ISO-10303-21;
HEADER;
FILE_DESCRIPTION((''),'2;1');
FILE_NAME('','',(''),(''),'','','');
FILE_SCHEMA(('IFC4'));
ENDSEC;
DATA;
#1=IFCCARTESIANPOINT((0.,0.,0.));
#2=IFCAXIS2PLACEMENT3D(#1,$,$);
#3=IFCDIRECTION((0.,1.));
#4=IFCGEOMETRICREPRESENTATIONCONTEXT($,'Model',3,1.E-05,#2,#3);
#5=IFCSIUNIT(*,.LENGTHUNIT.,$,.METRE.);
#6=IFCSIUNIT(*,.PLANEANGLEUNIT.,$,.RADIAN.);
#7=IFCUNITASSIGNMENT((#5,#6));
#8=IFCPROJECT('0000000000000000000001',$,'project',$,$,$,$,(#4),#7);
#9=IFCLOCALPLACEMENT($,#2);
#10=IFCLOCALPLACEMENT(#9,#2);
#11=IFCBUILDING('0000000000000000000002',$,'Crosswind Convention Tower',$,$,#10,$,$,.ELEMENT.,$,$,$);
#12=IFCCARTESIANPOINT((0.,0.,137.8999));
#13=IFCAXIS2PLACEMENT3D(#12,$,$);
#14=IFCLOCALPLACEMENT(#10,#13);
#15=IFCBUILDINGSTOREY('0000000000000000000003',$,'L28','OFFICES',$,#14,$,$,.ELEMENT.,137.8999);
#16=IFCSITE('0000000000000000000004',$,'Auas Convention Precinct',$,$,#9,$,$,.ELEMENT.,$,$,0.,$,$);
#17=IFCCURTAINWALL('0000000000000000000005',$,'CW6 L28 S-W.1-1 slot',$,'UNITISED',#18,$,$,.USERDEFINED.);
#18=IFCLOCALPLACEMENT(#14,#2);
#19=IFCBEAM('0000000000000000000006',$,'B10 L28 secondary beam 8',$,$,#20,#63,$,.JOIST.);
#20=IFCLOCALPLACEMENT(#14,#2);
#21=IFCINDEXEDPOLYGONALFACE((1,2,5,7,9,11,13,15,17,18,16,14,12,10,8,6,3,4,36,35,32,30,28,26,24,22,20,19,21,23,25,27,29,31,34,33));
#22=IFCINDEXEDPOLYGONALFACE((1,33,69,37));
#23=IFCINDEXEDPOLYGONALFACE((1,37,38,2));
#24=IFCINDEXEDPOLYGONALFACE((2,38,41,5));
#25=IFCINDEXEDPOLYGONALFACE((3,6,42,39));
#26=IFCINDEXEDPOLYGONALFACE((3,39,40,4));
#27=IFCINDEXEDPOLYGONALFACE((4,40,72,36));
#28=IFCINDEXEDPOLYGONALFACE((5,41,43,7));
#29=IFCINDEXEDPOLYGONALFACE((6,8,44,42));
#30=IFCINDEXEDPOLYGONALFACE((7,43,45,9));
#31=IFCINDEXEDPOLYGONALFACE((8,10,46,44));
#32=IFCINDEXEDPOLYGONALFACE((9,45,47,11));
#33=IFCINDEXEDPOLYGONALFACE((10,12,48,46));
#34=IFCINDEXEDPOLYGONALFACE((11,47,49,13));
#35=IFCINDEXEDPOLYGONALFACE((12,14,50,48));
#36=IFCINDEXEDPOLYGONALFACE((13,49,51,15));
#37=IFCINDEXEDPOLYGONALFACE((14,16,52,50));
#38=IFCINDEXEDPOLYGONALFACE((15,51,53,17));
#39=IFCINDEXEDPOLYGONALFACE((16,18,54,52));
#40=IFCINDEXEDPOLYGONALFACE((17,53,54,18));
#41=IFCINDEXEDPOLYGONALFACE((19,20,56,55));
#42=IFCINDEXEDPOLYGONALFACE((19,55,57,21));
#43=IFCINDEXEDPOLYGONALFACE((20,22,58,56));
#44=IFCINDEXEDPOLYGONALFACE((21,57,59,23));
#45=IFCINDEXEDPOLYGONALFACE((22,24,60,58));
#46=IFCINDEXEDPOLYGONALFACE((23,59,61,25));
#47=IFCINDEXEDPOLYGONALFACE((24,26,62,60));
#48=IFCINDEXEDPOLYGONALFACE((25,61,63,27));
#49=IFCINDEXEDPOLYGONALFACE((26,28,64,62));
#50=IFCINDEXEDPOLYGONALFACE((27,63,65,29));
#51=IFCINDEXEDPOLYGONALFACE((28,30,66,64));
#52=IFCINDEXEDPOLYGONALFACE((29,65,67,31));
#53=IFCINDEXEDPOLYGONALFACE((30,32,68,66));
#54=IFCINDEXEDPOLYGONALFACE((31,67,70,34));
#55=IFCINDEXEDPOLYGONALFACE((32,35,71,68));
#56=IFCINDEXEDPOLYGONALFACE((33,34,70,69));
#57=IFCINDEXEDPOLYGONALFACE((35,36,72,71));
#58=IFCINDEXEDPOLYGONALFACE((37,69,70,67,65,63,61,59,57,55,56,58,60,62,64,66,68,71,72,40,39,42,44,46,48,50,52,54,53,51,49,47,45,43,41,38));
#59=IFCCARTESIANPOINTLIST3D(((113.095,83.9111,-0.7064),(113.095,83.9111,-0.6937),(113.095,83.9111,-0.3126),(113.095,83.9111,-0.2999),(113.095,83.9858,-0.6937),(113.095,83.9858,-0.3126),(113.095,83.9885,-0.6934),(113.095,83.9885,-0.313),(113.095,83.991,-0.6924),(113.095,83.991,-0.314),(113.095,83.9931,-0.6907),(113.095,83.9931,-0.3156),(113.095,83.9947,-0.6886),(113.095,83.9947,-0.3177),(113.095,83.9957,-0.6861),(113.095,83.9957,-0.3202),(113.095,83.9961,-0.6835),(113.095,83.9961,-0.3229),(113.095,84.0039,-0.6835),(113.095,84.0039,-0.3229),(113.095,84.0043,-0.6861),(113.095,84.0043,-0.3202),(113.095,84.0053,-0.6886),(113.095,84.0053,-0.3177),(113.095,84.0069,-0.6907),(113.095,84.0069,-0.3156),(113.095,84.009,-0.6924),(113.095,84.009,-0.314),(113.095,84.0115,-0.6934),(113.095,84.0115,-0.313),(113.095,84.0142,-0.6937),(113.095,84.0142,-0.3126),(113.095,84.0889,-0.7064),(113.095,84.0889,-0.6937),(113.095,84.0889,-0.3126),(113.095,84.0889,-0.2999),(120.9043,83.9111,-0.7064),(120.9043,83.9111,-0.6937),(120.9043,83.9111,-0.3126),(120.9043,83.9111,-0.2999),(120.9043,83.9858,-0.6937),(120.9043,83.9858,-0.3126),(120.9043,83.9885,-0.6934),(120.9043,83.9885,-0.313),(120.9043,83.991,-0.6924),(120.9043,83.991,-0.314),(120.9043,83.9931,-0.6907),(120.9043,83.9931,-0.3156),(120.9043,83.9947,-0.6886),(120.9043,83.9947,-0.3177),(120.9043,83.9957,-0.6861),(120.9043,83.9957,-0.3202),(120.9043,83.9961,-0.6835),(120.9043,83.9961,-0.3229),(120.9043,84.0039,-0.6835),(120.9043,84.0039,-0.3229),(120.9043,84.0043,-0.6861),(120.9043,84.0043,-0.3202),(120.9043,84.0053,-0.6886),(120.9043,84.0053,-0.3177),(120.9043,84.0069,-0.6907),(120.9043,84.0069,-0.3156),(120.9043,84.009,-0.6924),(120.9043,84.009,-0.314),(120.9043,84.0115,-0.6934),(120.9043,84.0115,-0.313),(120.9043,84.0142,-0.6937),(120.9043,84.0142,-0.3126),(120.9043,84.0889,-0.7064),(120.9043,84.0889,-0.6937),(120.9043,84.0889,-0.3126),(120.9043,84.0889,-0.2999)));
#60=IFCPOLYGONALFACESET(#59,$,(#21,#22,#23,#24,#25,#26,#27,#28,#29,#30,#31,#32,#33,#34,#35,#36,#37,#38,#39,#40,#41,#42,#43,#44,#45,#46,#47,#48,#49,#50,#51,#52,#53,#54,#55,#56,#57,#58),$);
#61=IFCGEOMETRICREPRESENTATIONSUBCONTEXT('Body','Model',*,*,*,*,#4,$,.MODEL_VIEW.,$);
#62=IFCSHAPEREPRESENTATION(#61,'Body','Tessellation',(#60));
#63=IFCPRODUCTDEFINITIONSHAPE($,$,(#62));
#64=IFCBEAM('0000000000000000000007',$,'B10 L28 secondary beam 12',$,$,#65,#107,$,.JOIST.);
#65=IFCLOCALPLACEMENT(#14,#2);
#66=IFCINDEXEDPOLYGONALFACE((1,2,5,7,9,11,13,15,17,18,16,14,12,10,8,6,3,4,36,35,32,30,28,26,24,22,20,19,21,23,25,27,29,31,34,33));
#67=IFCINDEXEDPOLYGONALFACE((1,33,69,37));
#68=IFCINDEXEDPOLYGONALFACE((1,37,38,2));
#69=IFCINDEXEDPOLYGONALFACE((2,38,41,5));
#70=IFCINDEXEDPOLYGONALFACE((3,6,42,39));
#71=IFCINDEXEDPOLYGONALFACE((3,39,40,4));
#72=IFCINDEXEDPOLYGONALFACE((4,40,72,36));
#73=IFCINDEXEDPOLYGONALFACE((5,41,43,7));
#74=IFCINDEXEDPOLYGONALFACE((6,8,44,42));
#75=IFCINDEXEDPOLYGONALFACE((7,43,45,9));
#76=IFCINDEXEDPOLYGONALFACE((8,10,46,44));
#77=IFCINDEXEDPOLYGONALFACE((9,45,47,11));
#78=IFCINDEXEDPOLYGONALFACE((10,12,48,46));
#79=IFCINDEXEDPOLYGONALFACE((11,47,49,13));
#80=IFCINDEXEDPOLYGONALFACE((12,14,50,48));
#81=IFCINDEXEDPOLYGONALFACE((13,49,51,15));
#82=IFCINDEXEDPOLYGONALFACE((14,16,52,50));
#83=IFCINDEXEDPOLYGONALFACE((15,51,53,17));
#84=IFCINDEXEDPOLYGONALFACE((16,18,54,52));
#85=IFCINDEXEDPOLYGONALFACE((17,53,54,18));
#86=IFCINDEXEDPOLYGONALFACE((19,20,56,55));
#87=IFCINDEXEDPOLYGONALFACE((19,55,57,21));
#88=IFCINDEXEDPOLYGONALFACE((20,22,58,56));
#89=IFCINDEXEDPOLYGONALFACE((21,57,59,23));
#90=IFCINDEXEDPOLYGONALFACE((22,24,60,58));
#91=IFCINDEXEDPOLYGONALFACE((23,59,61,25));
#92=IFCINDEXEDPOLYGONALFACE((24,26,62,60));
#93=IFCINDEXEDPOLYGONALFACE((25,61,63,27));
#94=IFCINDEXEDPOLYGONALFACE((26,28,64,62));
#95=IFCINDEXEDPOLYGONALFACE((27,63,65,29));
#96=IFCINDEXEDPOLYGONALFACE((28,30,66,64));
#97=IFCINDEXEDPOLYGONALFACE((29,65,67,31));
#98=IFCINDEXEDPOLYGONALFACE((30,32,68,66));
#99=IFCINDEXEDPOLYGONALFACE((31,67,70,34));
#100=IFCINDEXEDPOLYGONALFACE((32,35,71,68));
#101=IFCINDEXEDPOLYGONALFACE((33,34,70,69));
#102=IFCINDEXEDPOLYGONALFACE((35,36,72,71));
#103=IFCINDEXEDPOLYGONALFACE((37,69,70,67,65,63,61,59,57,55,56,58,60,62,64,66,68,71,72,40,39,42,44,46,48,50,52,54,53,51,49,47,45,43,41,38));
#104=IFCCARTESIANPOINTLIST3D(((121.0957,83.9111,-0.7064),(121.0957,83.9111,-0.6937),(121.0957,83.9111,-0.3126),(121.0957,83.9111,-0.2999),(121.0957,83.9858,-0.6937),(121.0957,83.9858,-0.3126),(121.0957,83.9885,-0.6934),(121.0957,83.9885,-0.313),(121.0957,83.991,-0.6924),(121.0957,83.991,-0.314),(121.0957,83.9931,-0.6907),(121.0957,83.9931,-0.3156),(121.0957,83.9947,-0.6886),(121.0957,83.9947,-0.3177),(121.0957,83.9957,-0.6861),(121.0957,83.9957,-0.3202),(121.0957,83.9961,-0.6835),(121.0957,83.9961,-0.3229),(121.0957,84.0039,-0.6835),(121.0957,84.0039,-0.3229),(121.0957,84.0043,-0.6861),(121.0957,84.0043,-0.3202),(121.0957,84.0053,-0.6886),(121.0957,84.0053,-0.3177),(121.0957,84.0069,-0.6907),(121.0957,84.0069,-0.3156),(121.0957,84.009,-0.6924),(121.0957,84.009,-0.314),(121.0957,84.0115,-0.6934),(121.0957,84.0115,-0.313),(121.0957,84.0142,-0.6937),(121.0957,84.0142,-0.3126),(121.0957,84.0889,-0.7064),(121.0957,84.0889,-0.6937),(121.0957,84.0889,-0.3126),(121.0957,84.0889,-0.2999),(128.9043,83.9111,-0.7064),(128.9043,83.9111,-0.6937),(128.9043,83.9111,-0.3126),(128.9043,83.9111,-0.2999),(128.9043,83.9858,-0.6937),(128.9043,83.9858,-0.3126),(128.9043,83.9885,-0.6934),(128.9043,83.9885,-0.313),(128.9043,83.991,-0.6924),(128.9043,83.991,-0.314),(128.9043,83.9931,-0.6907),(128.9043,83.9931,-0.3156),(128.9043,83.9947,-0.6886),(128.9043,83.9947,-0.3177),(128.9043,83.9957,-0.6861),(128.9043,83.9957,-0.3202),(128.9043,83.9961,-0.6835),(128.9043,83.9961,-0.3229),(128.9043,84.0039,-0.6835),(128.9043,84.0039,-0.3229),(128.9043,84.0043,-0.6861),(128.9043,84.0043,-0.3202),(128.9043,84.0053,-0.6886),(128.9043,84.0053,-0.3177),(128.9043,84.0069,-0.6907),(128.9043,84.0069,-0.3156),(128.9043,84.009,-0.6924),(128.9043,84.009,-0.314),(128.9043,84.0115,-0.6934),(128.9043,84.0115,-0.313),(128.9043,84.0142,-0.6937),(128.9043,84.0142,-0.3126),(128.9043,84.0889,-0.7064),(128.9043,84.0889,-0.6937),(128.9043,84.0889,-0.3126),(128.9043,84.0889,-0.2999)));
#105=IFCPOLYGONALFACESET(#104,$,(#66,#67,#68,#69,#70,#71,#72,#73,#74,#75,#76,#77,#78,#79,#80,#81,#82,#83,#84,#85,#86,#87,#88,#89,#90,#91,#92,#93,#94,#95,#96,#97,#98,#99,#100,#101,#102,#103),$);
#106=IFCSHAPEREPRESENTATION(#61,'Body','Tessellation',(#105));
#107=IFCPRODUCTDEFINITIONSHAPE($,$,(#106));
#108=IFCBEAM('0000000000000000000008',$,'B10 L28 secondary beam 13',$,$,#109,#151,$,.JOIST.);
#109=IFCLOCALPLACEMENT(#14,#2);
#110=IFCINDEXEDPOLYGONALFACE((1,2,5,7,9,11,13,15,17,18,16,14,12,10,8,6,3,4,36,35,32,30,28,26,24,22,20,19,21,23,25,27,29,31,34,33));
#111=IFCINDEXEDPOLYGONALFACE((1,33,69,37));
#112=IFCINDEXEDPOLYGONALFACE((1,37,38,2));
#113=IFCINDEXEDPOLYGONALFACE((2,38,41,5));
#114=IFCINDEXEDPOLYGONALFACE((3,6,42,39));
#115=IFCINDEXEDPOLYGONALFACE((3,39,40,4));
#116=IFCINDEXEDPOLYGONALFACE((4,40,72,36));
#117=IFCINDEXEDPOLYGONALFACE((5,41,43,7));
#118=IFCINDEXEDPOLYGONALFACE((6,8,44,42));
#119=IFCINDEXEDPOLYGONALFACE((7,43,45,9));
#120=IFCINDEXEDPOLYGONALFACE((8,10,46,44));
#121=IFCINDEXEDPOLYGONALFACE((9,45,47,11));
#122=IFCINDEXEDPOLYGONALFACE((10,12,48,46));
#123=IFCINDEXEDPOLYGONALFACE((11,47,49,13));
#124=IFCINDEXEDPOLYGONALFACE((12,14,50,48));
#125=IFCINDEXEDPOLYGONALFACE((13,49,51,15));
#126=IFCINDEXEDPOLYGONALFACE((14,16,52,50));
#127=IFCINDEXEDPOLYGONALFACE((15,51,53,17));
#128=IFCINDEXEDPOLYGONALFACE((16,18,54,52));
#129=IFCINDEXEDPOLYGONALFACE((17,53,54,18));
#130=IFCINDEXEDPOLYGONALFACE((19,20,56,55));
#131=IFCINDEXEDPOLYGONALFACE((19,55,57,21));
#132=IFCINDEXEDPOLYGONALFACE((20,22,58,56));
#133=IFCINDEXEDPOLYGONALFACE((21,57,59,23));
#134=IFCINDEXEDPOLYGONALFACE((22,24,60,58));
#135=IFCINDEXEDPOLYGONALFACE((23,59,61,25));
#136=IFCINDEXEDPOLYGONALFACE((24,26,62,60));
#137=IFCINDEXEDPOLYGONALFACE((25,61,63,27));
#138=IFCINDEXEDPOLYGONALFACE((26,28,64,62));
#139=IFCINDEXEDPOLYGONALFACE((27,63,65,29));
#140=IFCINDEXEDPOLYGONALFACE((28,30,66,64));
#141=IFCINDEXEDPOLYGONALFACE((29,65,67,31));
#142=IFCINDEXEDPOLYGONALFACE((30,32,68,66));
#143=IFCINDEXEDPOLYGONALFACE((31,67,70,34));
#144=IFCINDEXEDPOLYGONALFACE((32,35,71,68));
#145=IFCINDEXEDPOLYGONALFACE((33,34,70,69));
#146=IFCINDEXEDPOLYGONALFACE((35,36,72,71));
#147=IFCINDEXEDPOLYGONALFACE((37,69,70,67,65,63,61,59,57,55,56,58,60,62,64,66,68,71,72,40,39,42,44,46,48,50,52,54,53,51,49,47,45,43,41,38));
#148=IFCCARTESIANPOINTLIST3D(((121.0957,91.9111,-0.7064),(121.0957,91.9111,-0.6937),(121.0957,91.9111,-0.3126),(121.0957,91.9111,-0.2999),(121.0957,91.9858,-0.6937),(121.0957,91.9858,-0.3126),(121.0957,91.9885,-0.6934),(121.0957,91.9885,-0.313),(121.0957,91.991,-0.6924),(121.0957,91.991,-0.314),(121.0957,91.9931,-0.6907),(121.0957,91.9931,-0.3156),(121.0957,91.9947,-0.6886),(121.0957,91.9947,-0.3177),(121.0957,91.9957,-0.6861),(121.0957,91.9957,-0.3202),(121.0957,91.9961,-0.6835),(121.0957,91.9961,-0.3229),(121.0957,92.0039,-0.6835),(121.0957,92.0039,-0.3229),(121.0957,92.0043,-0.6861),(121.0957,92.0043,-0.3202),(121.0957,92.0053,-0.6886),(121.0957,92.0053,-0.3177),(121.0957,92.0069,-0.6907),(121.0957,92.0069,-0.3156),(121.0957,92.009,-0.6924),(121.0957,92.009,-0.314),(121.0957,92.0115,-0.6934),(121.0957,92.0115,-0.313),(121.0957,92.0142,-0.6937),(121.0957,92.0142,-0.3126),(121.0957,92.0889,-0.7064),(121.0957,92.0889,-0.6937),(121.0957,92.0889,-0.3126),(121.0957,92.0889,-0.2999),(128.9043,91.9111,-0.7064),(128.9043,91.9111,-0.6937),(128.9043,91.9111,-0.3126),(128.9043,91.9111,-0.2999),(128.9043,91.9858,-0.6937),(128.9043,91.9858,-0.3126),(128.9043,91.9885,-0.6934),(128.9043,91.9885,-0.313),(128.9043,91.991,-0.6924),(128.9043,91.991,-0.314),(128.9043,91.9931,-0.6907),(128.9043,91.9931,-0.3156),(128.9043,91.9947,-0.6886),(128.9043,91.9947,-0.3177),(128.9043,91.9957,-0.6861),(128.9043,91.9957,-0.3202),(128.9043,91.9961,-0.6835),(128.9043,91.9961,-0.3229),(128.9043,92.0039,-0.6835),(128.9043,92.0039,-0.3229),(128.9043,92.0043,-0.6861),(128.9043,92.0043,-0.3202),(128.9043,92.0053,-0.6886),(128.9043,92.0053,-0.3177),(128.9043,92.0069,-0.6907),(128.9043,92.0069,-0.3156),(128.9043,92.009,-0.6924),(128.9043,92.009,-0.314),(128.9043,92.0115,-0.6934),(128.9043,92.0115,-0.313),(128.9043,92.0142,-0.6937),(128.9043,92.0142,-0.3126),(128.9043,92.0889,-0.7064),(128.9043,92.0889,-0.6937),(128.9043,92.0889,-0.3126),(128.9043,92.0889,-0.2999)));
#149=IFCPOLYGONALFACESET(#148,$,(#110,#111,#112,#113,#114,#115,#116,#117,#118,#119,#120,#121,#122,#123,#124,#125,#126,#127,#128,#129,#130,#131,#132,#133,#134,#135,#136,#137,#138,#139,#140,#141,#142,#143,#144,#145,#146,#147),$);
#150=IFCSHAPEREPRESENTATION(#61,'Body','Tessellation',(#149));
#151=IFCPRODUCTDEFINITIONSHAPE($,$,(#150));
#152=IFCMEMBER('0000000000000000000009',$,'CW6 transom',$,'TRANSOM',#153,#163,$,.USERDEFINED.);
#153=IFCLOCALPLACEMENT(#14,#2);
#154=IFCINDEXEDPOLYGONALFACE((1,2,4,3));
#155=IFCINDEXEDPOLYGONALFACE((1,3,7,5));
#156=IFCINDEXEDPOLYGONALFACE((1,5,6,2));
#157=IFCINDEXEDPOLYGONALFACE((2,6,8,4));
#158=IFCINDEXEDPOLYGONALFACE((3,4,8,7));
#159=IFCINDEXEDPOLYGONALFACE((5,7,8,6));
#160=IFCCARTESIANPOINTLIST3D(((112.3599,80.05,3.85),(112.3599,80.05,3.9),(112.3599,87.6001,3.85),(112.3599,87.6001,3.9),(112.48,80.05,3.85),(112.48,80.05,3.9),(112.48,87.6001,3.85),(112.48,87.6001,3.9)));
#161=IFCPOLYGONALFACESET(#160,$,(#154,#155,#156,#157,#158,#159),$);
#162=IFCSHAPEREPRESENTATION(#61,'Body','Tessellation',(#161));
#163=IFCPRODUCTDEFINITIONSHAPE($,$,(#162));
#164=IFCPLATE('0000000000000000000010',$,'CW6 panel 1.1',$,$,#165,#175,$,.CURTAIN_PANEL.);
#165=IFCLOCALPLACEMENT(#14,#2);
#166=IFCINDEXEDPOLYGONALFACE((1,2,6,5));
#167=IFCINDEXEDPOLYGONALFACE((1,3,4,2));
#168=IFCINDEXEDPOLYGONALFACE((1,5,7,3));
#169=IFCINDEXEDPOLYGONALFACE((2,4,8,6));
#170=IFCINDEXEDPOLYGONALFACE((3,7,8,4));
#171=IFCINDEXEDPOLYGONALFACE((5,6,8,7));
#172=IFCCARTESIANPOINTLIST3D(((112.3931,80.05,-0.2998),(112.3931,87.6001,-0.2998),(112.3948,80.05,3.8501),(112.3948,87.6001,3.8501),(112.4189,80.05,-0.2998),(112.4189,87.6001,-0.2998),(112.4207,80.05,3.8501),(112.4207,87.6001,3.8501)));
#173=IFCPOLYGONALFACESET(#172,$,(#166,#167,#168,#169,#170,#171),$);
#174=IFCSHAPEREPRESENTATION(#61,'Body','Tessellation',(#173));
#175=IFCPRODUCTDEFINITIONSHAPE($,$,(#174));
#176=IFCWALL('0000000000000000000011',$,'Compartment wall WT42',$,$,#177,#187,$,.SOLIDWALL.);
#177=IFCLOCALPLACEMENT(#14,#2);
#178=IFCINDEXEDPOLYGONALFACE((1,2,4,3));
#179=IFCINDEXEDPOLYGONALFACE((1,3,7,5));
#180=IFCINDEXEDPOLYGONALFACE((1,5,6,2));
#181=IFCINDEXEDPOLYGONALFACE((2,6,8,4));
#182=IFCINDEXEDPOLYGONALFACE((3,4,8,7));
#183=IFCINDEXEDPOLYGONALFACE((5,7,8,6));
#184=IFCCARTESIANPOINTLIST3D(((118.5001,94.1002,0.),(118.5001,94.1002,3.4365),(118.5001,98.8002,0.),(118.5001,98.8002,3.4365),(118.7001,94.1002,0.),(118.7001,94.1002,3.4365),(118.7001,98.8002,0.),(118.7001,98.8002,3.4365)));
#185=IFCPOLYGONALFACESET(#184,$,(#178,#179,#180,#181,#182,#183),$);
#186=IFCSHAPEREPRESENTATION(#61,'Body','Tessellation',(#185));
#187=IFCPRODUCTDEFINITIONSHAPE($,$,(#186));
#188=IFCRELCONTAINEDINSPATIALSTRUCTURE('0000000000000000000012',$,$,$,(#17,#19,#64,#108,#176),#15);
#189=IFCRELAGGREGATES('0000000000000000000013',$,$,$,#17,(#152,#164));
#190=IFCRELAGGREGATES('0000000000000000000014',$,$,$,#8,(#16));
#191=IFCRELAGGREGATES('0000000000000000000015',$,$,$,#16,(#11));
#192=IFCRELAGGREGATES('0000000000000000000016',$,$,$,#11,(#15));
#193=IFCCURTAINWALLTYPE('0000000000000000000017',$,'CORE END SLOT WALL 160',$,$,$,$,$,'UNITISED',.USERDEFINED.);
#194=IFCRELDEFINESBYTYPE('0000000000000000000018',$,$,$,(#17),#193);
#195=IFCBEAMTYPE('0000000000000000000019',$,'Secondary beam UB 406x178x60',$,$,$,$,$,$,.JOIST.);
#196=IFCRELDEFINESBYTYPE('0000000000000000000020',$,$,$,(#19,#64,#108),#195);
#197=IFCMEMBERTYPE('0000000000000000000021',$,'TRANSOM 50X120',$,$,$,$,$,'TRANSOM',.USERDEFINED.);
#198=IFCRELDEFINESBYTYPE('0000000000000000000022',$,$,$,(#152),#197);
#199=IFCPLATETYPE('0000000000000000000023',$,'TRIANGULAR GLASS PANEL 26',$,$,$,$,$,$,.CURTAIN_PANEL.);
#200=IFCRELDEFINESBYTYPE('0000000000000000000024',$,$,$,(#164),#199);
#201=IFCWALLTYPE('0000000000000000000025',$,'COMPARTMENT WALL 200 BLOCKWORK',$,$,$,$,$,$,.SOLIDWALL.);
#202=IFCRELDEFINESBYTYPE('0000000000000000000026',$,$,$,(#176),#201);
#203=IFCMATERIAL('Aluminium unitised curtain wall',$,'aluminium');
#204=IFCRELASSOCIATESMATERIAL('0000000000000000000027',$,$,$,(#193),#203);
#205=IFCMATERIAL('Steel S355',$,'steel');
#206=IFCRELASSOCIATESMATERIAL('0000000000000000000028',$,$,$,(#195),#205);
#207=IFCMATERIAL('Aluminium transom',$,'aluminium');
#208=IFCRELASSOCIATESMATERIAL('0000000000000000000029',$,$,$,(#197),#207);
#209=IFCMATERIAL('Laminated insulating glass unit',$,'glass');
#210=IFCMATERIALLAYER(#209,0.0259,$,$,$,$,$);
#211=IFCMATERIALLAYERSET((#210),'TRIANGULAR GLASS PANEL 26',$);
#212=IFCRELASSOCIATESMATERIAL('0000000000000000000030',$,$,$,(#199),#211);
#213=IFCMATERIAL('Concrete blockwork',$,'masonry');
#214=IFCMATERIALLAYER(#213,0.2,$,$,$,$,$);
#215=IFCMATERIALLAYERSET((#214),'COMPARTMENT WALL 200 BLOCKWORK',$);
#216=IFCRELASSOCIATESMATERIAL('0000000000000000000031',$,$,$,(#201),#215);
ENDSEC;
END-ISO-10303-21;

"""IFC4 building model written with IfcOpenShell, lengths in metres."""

from ifc_helpers import new_model, si_unit, direction, frame, frame_2d, origin, origin_2d, place, context, subcontext, project, spatial, polyline, rectangle, i_section, outline, extrude, material, layer, layer_set, material_profile, profile_set, type_object, element, aggregate, save


model = new_model("IFC4")

# Units and contexts
model_context = context("Model", 3, precision=1e-05, world=origin(), true_north=direction((0.0, 1.0)))
body_context = subcontext(model_context, "Body", "Model", "MODEL_VIEW")
ifc_project = project(units=[si_unit("LENGTHUNIT", "METRE"), si_unit("PLANEANGLEUNIT", "RADIAN")], contexts=[model_context])

# Site, building, storey
site_placement = place(None, origin())
site = spatial("IfcSite", under=ifc_project, at=site_placement, Name="Auas Convention Precinct", CompositionType="ELEMENT", RefElevation=0.0)
building_placement = place(site_placement, origin())
building = spatial("IfcBuilding", under=site, at=building_placement, Name="Crosswind Convention Tower", CompositionType="ELEMENT")
storey_placement = place(building_placement, frame((0.0, 0.0, 137.8999)))
storey = spatial("IfcBuildingStorey", under=building, at=storey_placement, Name="L28", Description="OFFICES", CompositionType="ELEMENT", Elevation=137.8999)

# Shared definitions
ifc_material_1 = material(Name="Steel S355", Category="steel")

# Curtain wall
ifc_material_2 = material(Name="Aluminium unitised curtain wall", Category="aluminium")
curtain_wall_type = type_object("IfcCurtainWallType", Name="CORE END SLOT WALL 160", ElementType="UNITISED", PredefinedType="USERDEFINED", material=ifc_material_2)
curtain_wall_placement = place(storey_placement, origin())
curtain_wall = element("IfcCurtainWall", 1, at=curtain_wall_placement, inside=storey, type_object=curtain_wall_type, Name="CW6 L28 S-W.1-1 slot", ObjectType="UNITISED", PredefinedType="USERDEFINED")

# Beams
ifc_material_profile_1 = material_profile(ifc_material_1, i_section(OverallWidth=0.1777, OverallDepth=0.4065, WebThickness=0.0078, FlangeThickness=0.0127, FilletRadius=0.0103, at=origin_2d()), Name="UB 406x178x60")
ifc_profile_set_1 = profile_set([ifc_material_profile_1], Name="Steel S355")
beam_type_1 = type_object("IfcBeamType", Name="Secondary beam UB 406x178x60", PredefinedType="JOIST", material=ifc_profile_set_1)
beam_1_placement = place(storey_placement, frame((113.095, 84.0, -0.5032), z_axis=(1.0, 0.0, 0.0), x_axis=(0.0, 1.0, 0.0)))
element("IfcBeam", 2, at=beam_1_placement, inside=storey, type_object=beam_type_1, Name="B10 L28 secondary beam 8", PredefinedType="JOIST", context=body_context, shape_type="SweptSolid", body=[
    extrude(i_section(OverallWidth=0.1777, OverallDepth=0.4065, WebThickness=0.0078, FlangeThickness=0.0127, FilletRadius=0.0103, at=origin_2d()), origin(), (0.0, 0.0, 1.0), 7.8093),
])
for number, where, z_axis, x_axis, name in (
    (3, (121.0957, 84.0, -0.5032), (1.0, 0.0, 0.0), (0.0, 1.0, 0.0), "B10 L28 secondary beam 12"),
    (4, (121.0957, 92.0, -0.5032), (1.0, 0.0, 0.0), (0.0, 1.0, 0.0), "B10 L28 secondary beam 13"),
):
    element("IfcBeam", number, at=place(storey_placement, frame(where, z_axis=z_axis, x_axis=x_axis)), inside=storey, type_object=beam_type_1, Name=name, PredefinedType="JOIST", context=body_context, shape_type="SweptSolid", body=[
        extrude(i_section(OverallWidth=0.1777, OverallDepth=0.4065, WebThickness=0.0078, FlangeThickness=0.0127, FilletRadius=0.0103, at=origin_2d()), origin(), (0.0, 0.0, 1.0), 7.8086),
    ])

# Member
ifc_material_3 = material(Name="Aluminium transom", Category="aluminium")
ifc_material_profile_2 = material_profile(ifc_material_3, rectangle(XDim=0.1201, YDim=0.05, at=origin_2d()), Name="AL 120X50")
ifc_profile_set_2 = profile_set([ifc_material_profile_2], Name="Aluminium transom")
member_type_1 = type_object("IfcMemberType", Name="TRANSOM 50X120", ElementType="TRANSOM", PredefinedType="USERDEFINED", material=ifc_profile_set_2)
member_1_placement = place(storey_placement, frame((112.4199, 87.6001, 3.875), z_axis=(0.0, -1.0, 0.0), x_axis=(1.0, 0.0, 0.0)))
member_1 = element("IfcMember", 5, at=member_1_placement, type_object=member_type_1, Name="CW6 transom", ObjectType="TRANSOM", PredefinedType="USERDEFINED", context=body_context, shape_type="SweptSolid", body=[
    extrude(rectangle(XDim=0.1201, YDim=0.05, at=origin_2d()), origin(), (0.0, 0.0, 1.0), 7.55),
])

# Plate
ifc_material_4 = material(Name="Laminated insulating glass unit", Category="glass")
ifc_layer_1 = layer(ifc_material_4, 0.0259)
ifc_layer_set_1 = layer_set([ifc_layer_1], Name="TRIANGULAR GLASS PANEL 26")
plate_type = type_object("IfcPlateType", Name="TRIANGULAR GLASS PANEL 26", PredefinedType="CURTAIN_PANEL", material=ifc_layer_set_1)
plate_placement = place(storey_placement, frame((112.3931, 87.6001, -0.2998), z_axis=(-1.0, 0.0, 0.000412), x_axis=(0.0, -1.0, 0.0)))
plate = element("IfcPlate", 6, at=plate_placement, type_object=plate_type, Name="CW6 panel 1.1", PredefinedType="CURTAIN_PANEL", context=body_context, shape_type="SweptSolid", body=[
    extrude(outline(polyline([(0.0, 0.0), (7.55, 0.0), (7.55, 4.1499), (0.0, 4.1499), (0.0, 0.0)])), origin(), (0.0, 0.0, -1.0), 0.0259),
])
aggregate(curtain_wall, [member_1, plate])

# Wall
ifc_material_5 = material(Name="Concrete blockwork", Category="masonry")
ifc_layer_2 = layer(ifc_material_5, 0.2)
ifc_layer_set_2 = layer_set([ifc_layer_2], Name="COMPARTMENT WALL 200 BLOCKWORK")
wall_type_1 = type_object("IfcWallType", Name="COMPARTMENT WALL 200 BLOCKWORK", PredefinedType="SOLIDWALL", material=ifc_layer_set_2)
wall_1_placement = place(storey_placement, frame((118.6001, 94.1001, 0.0), z_axis=(0.0, 0.0, 1.0), x_axis=(0.0, 1.0, 0.0)))
element("IfcWall", 7, at=wall_1_placement, inside=storey, type_object=wall_type_1, Name="Compartment wall WT42", PredefinedType="SOLIDWALL", context=body_context, shape_type="SweptSolid", body=[
    extrude(rectangle(XDim=4.7, YDim=0.2, at=frame_2d((2.3501, 0.0))), origin(), (0.0, 0.0, 1.0), 3.4365),
])

save(model, "model.ifc")
